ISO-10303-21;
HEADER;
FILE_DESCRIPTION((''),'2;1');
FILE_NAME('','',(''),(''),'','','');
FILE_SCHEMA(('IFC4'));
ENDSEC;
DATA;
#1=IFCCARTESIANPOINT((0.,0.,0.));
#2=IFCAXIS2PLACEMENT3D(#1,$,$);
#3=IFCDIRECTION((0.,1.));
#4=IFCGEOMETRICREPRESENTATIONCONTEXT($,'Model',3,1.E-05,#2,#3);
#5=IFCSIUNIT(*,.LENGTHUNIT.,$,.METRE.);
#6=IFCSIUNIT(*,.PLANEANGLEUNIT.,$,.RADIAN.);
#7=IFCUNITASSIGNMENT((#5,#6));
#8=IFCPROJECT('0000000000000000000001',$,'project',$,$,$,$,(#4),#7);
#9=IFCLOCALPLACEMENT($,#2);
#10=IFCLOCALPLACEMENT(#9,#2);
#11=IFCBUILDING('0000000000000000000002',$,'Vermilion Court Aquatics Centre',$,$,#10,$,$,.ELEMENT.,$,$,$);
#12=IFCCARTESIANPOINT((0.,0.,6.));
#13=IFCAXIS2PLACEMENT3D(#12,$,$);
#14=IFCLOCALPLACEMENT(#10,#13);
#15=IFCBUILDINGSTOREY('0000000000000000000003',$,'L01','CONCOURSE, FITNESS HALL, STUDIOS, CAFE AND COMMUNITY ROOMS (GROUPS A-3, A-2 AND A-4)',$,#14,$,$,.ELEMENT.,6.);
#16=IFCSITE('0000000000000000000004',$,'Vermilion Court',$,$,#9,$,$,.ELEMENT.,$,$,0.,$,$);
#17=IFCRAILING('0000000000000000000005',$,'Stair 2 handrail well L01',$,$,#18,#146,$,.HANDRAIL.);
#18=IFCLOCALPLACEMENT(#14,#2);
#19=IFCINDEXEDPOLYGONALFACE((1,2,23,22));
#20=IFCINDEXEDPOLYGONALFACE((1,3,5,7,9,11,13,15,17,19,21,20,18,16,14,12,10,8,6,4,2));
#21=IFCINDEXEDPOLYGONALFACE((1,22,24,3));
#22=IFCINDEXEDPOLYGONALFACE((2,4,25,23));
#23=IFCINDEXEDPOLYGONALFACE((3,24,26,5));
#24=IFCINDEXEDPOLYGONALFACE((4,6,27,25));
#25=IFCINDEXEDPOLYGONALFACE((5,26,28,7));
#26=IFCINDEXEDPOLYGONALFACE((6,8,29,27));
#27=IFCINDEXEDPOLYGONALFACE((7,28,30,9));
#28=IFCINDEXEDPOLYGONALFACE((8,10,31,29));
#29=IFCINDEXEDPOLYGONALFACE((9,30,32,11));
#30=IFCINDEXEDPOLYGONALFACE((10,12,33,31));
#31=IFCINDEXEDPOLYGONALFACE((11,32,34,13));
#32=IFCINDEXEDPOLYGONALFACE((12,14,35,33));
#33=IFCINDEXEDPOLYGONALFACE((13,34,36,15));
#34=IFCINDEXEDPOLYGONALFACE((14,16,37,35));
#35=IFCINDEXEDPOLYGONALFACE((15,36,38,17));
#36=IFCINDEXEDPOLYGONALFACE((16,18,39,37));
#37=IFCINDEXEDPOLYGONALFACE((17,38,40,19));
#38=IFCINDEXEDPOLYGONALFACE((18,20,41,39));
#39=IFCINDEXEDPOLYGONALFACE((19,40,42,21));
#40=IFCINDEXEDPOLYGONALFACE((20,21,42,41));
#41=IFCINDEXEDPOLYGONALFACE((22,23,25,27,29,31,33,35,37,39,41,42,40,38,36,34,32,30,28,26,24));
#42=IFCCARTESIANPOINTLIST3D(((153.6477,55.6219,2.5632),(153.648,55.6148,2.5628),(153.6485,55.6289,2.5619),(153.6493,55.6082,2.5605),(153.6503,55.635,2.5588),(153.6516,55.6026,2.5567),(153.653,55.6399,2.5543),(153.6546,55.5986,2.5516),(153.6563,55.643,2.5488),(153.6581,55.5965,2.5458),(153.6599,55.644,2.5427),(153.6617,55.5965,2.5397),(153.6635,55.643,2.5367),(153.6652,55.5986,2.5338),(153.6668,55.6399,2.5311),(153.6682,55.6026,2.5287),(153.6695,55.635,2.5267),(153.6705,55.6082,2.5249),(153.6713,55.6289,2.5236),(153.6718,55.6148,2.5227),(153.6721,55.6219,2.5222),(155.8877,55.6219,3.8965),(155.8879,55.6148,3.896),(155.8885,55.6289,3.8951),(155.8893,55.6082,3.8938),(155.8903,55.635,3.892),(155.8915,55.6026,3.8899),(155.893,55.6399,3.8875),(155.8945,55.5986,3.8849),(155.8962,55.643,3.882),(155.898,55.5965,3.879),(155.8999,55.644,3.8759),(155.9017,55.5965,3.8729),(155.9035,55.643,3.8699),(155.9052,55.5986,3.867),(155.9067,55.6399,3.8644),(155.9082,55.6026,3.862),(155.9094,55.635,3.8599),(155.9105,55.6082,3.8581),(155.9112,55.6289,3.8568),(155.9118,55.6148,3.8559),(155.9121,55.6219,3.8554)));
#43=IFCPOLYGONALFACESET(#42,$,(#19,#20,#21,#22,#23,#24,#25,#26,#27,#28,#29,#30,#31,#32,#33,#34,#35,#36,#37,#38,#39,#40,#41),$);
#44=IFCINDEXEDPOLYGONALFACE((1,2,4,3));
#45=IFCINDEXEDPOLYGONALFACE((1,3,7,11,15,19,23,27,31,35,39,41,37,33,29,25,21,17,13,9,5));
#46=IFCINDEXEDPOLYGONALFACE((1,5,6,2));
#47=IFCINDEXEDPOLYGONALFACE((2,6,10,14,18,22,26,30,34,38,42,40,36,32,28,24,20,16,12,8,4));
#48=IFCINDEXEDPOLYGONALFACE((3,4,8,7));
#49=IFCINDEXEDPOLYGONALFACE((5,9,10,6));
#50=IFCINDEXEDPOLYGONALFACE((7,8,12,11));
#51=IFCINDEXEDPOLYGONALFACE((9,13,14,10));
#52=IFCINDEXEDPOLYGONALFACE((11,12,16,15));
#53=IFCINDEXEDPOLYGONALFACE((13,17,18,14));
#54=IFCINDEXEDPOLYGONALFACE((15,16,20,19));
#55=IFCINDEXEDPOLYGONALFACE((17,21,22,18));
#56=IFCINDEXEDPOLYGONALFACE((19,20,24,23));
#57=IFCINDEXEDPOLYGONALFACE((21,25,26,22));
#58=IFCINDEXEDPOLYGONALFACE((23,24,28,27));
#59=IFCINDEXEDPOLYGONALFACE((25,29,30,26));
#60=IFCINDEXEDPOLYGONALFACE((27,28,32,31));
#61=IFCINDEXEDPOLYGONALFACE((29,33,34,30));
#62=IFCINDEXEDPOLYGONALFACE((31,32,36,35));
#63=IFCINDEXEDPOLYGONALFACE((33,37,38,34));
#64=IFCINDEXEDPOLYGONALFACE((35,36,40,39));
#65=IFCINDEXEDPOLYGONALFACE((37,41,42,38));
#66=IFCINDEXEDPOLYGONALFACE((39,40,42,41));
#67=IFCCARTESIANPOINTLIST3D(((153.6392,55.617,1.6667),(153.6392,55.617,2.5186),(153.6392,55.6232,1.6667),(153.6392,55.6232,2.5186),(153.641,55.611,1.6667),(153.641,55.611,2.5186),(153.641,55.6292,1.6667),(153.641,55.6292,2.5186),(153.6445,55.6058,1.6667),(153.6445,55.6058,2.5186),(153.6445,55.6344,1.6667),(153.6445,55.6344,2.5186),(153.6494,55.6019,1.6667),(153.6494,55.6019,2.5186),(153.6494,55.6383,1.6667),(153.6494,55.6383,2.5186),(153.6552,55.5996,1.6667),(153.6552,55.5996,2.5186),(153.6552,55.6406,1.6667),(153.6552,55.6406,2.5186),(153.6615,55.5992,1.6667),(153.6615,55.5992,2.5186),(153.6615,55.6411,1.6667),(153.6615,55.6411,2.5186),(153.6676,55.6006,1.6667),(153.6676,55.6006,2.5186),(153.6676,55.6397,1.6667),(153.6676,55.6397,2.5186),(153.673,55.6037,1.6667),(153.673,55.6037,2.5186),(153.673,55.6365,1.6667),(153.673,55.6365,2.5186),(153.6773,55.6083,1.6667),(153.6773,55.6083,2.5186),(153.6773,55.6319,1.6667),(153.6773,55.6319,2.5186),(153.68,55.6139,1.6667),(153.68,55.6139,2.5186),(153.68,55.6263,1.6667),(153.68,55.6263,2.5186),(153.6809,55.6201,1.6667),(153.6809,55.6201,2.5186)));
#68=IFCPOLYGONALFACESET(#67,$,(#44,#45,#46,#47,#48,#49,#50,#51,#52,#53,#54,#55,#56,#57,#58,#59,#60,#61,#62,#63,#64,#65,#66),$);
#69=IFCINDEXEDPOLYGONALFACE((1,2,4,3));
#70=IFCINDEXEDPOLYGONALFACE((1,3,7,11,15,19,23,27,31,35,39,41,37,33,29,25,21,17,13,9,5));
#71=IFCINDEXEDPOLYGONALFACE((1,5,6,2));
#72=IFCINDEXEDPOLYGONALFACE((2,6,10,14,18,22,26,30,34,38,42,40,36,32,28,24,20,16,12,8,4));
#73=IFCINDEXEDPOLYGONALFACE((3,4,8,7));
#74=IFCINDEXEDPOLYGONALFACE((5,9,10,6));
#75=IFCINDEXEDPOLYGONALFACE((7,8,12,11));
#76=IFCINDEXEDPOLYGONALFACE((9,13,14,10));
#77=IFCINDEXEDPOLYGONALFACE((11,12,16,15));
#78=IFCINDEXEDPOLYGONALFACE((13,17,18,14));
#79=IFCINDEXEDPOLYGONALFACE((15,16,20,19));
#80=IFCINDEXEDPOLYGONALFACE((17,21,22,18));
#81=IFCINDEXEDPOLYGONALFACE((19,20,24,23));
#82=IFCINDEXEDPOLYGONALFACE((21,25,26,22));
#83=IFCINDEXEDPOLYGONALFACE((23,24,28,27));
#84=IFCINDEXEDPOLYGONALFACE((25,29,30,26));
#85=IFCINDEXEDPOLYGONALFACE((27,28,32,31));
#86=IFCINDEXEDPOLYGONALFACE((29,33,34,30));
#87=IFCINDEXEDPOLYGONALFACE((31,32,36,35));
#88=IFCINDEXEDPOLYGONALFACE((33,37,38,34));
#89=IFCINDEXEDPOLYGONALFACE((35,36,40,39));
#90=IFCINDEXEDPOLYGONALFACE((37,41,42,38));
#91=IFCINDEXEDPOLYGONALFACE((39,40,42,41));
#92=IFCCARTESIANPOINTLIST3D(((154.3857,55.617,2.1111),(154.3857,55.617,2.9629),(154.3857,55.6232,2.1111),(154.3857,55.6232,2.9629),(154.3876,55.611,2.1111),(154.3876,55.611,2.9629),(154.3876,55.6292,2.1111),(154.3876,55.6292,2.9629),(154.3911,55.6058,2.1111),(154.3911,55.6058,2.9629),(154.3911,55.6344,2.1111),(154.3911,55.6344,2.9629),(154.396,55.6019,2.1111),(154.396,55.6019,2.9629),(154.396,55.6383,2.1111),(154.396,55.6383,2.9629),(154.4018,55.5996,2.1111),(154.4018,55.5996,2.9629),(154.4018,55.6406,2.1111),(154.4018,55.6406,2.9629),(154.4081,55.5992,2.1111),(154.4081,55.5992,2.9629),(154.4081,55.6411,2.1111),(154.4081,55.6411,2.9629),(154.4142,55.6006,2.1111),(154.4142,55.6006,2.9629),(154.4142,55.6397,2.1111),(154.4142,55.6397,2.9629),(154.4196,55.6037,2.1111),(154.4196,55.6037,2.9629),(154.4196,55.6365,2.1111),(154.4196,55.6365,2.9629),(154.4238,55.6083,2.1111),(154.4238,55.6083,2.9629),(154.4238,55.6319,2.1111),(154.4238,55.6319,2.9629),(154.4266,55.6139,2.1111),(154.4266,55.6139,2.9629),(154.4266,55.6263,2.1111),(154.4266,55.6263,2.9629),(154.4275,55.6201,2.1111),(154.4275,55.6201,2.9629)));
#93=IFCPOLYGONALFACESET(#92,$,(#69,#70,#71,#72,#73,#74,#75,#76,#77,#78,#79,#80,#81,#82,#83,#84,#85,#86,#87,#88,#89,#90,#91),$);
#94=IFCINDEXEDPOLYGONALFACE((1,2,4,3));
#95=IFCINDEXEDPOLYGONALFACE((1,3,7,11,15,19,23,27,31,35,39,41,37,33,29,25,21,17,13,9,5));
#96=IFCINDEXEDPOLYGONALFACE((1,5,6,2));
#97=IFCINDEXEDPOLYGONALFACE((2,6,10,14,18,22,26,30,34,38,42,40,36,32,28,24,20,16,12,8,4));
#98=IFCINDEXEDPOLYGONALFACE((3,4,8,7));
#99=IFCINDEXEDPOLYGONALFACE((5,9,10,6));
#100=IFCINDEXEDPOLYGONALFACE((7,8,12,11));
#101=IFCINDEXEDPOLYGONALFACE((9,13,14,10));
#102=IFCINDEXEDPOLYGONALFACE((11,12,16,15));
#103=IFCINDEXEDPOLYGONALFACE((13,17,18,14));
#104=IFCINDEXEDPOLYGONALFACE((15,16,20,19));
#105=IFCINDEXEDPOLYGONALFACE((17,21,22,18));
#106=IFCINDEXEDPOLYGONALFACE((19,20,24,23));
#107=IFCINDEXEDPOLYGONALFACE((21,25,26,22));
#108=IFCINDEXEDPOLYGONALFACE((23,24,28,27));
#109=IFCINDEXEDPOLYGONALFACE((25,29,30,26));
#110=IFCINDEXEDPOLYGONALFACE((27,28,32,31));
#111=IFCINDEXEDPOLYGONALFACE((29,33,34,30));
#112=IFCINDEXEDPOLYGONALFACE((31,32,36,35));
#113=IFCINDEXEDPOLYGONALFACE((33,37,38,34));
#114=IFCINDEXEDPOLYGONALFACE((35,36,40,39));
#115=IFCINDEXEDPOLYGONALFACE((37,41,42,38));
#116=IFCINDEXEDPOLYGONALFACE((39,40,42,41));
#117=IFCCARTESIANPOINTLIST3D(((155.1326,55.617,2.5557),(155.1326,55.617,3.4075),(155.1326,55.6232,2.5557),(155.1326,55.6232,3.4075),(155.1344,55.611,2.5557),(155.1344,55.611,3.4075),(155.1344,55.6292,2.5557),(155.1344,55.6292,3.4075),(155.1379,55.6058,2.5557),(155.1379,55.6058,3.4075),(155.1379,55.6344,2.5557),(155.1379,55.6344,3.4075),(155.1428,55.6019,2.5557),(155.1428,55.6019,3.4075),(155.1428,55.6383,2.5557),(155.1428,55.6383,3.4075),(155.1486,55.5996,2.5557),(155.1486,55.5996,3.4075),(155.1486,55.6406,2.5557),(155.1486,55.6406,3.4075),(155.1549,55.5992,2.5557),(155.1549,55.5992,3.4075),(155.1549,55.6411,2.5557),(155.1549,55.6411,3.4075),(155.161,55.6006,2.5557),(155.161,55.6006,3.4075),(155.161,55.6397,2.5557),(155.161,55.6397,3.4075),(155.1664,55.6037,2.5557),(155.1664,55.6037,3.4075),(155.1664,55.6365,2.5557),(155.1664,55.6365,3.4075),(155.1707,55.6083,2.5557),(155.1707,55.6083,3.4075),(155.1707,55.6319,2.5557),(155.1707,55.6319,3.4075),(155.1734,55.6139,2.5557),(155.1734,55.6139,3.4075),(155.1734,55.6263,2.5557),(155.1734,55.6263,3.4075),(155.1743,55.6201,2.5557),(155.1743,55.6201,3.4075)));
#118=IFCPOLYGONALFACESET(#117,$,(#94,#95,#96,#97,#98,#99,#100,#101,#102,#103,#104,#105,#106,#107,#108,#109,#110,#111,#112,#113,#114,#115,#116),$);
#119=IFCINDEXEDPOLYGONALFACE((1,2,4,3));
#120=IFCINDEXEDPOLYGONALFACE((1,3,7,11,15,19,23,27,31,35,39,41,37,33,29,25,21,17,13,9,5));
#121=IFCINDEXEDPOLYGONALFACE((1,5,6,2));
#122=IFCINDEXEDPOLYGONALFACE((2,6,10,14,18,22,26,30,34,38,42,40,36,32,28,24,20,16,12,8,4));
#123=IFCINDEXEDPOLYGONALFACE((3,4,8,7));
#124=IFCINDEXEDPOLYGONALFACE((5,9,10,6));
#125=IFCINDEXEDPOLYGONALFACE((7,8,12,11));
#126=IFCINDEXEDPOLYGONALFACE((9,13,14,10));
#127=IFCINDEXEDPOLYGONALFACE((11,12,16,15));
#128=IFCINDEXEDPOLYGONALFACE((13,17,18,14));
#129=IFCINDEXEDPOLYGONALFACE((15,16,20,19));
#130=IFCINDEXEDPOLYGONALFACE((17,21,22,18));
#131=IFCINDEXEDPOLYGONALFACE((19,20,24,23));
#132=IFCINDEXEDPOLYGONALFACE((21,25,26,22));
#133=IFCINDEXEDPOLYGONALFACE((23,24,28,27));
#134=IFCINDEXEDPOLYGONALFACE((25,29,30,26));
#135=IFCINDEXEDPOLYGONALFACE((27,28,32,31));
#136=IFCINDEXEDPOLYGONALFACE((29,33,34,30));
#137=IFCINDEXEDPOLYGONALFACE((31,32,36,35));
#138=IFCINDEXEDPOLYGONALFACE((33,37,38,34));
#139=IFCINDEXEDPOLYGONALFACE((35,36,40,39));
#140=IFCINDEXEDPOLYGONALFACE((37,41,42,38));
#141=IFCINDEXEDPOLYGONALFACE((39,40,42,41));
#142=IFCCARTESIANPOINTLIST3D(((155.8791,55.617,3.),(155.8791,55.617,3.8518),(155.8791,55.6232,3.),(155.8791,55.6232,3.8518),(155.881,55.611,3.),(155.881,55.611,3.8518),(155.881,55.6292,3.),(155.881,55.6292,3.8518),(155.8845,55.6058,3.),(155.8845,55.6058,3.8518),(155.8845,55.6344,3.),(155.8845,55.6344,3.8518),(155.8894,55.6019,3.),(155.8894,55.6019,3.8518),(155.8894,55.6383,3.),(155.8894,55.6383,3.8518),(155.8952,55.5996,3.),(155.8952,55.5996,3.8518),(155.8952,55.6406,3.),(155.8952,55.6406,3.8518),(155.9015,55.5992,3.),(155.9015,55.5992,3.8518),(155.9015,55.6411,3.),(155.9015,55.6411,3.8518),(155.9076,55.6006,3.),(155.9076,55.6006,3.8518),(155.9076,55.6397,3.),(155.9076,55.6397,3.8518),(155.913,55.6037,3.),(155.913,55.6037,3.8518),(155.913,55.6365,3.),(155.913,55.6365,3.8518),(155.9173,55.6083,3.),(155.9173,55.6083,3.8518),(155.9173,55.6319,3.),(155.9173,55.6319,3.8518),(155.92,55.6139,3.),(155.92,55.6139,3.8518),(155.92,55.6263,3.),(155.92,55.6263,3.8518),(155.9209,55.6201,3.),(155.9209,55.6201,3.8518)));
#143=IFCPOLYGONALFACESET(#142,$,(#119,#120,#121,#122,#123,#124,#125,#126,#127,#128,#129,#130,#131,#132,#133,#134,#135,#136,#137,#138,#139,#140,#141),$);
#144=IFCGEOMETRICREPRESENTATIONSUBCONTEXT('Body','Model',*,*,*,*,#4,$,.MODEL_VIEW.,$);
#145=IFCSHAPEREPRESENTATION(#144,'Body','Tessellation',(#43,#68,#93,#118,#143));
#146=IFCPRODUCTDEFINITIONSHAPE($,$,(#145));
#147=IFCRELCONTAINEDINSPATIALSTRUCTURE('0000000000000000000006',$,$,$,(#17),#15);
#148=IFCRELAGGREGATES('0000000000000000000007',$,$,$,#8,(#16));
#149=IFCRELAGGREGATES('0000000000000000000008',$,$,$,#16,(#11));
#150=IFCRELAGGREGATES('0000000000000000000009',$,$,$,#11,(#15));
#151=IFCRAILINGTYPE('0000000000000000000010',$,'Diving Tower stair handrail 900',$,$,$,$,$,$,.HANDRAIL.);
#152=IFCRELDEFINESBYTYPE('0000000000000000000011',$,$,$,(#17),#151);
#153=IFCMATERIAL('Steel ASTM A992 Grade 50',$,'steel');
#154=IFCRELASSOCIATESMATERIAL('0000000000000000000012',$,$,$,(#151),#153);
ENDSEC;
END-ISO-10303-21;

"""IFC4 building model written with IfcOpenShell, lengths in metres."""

from ifc_helpers import new_model, si_unit, direction, frame, origin, origin_2d, place, context, subcontext, project, spatial, circle, extrude, material, type_object, element, save


model = new_model("IFC4")

# Units and contexts
model_context = context("Model", 3, precision=1e-05, world=origin(), true_north=direction((0.0, 1.0)))
body_context = subcontext(model_context, "Body", "Model", "MODEL_VIEW")
ifc_project = project(units=[si_unit("LENGTHUNIT", "METRE"), si_unit("PLANEANGLEUNIT", "RADIAN")], contexts=[model_context])

# Site, building, storey
site_placement = place(None, origin())
site = spatial("IfcSite", under=ifc_project, at=site_placement, Name="Vermilion Court", CompositionType="ELEMENT", RefElevation=0.0)
building_placement = place(site_placement, origin())
building = spatial("IfcBuilding", under=site, at=building_placement, Name="Vermilion Court Aquatics Centre", CompositionType="ELEMENT")
storey_placement = place(building_placement, frame((0.0, 0.0, 6.0)))
storey = spatial("IfcBuildingStorey", under=building, at=storey_placement, Name="L01", Description="CONCOURSE, FITNESS HALL, STUDIOS, CAFE AND COMMUNITY ROOMS (GROUPS A-3, A-2 AND A-4)", CompositionType="ELEMENT", Elevation=6.0)

# Railing
ifc_material_1 = material(Name="Steel ASTM A992 Grade 50", Category="steel")
railing_type = type_object("IfcRailingType", Name="Diving Tower stair handrail 900", PredefinedType="HANDRAIL", material=ifc_material_1)
for number, where, name in (
    (1, (153.6599, 55.6201, 1.6667), "Stair 2 handrail well L01"),
):
    element("IfcRailing", number, at=place(storey_placement, frame(where)), inside=storey, type_object=railing_type, Name=name, PredefinedType="HANDRAIL", context=body_context, shape_type="SweptSolid", body=[
        extrude(circle(Radius=0.0239, at=origin_2d()), frame((0.0, 0.0, 0.876), z_axis=(0.859306, 0.0, 0.511462), x_axis=(0.0, 1.0, 0.0)), (0.0, 0.0, 1.0), 2.6067),
        extrude(circle(Radius=0.021, at=origin_2d()), origin(), (0.0, 0.0, 1.0), 0.8518),
        extrude(circle(Radius=0.021, at=origin_2d()), frame((0.7466, 0.0, 0.4443)), (0.0, 0.0, 1.0), 0.8518),
        extrude(circle(Radius=0.021, at=origin_2d()), frame((1.4934, 0.0, 0.8889)), (0.0, 0.0, 1.0), 0.8518),
        extrude(circle(Radius=0.021, at=origin_2d()), frame((2.24, 0.0, 1.3333)), (0.0, 0.0, 1.0), 0.8518),
    ])

save(model, "model.ifc")
